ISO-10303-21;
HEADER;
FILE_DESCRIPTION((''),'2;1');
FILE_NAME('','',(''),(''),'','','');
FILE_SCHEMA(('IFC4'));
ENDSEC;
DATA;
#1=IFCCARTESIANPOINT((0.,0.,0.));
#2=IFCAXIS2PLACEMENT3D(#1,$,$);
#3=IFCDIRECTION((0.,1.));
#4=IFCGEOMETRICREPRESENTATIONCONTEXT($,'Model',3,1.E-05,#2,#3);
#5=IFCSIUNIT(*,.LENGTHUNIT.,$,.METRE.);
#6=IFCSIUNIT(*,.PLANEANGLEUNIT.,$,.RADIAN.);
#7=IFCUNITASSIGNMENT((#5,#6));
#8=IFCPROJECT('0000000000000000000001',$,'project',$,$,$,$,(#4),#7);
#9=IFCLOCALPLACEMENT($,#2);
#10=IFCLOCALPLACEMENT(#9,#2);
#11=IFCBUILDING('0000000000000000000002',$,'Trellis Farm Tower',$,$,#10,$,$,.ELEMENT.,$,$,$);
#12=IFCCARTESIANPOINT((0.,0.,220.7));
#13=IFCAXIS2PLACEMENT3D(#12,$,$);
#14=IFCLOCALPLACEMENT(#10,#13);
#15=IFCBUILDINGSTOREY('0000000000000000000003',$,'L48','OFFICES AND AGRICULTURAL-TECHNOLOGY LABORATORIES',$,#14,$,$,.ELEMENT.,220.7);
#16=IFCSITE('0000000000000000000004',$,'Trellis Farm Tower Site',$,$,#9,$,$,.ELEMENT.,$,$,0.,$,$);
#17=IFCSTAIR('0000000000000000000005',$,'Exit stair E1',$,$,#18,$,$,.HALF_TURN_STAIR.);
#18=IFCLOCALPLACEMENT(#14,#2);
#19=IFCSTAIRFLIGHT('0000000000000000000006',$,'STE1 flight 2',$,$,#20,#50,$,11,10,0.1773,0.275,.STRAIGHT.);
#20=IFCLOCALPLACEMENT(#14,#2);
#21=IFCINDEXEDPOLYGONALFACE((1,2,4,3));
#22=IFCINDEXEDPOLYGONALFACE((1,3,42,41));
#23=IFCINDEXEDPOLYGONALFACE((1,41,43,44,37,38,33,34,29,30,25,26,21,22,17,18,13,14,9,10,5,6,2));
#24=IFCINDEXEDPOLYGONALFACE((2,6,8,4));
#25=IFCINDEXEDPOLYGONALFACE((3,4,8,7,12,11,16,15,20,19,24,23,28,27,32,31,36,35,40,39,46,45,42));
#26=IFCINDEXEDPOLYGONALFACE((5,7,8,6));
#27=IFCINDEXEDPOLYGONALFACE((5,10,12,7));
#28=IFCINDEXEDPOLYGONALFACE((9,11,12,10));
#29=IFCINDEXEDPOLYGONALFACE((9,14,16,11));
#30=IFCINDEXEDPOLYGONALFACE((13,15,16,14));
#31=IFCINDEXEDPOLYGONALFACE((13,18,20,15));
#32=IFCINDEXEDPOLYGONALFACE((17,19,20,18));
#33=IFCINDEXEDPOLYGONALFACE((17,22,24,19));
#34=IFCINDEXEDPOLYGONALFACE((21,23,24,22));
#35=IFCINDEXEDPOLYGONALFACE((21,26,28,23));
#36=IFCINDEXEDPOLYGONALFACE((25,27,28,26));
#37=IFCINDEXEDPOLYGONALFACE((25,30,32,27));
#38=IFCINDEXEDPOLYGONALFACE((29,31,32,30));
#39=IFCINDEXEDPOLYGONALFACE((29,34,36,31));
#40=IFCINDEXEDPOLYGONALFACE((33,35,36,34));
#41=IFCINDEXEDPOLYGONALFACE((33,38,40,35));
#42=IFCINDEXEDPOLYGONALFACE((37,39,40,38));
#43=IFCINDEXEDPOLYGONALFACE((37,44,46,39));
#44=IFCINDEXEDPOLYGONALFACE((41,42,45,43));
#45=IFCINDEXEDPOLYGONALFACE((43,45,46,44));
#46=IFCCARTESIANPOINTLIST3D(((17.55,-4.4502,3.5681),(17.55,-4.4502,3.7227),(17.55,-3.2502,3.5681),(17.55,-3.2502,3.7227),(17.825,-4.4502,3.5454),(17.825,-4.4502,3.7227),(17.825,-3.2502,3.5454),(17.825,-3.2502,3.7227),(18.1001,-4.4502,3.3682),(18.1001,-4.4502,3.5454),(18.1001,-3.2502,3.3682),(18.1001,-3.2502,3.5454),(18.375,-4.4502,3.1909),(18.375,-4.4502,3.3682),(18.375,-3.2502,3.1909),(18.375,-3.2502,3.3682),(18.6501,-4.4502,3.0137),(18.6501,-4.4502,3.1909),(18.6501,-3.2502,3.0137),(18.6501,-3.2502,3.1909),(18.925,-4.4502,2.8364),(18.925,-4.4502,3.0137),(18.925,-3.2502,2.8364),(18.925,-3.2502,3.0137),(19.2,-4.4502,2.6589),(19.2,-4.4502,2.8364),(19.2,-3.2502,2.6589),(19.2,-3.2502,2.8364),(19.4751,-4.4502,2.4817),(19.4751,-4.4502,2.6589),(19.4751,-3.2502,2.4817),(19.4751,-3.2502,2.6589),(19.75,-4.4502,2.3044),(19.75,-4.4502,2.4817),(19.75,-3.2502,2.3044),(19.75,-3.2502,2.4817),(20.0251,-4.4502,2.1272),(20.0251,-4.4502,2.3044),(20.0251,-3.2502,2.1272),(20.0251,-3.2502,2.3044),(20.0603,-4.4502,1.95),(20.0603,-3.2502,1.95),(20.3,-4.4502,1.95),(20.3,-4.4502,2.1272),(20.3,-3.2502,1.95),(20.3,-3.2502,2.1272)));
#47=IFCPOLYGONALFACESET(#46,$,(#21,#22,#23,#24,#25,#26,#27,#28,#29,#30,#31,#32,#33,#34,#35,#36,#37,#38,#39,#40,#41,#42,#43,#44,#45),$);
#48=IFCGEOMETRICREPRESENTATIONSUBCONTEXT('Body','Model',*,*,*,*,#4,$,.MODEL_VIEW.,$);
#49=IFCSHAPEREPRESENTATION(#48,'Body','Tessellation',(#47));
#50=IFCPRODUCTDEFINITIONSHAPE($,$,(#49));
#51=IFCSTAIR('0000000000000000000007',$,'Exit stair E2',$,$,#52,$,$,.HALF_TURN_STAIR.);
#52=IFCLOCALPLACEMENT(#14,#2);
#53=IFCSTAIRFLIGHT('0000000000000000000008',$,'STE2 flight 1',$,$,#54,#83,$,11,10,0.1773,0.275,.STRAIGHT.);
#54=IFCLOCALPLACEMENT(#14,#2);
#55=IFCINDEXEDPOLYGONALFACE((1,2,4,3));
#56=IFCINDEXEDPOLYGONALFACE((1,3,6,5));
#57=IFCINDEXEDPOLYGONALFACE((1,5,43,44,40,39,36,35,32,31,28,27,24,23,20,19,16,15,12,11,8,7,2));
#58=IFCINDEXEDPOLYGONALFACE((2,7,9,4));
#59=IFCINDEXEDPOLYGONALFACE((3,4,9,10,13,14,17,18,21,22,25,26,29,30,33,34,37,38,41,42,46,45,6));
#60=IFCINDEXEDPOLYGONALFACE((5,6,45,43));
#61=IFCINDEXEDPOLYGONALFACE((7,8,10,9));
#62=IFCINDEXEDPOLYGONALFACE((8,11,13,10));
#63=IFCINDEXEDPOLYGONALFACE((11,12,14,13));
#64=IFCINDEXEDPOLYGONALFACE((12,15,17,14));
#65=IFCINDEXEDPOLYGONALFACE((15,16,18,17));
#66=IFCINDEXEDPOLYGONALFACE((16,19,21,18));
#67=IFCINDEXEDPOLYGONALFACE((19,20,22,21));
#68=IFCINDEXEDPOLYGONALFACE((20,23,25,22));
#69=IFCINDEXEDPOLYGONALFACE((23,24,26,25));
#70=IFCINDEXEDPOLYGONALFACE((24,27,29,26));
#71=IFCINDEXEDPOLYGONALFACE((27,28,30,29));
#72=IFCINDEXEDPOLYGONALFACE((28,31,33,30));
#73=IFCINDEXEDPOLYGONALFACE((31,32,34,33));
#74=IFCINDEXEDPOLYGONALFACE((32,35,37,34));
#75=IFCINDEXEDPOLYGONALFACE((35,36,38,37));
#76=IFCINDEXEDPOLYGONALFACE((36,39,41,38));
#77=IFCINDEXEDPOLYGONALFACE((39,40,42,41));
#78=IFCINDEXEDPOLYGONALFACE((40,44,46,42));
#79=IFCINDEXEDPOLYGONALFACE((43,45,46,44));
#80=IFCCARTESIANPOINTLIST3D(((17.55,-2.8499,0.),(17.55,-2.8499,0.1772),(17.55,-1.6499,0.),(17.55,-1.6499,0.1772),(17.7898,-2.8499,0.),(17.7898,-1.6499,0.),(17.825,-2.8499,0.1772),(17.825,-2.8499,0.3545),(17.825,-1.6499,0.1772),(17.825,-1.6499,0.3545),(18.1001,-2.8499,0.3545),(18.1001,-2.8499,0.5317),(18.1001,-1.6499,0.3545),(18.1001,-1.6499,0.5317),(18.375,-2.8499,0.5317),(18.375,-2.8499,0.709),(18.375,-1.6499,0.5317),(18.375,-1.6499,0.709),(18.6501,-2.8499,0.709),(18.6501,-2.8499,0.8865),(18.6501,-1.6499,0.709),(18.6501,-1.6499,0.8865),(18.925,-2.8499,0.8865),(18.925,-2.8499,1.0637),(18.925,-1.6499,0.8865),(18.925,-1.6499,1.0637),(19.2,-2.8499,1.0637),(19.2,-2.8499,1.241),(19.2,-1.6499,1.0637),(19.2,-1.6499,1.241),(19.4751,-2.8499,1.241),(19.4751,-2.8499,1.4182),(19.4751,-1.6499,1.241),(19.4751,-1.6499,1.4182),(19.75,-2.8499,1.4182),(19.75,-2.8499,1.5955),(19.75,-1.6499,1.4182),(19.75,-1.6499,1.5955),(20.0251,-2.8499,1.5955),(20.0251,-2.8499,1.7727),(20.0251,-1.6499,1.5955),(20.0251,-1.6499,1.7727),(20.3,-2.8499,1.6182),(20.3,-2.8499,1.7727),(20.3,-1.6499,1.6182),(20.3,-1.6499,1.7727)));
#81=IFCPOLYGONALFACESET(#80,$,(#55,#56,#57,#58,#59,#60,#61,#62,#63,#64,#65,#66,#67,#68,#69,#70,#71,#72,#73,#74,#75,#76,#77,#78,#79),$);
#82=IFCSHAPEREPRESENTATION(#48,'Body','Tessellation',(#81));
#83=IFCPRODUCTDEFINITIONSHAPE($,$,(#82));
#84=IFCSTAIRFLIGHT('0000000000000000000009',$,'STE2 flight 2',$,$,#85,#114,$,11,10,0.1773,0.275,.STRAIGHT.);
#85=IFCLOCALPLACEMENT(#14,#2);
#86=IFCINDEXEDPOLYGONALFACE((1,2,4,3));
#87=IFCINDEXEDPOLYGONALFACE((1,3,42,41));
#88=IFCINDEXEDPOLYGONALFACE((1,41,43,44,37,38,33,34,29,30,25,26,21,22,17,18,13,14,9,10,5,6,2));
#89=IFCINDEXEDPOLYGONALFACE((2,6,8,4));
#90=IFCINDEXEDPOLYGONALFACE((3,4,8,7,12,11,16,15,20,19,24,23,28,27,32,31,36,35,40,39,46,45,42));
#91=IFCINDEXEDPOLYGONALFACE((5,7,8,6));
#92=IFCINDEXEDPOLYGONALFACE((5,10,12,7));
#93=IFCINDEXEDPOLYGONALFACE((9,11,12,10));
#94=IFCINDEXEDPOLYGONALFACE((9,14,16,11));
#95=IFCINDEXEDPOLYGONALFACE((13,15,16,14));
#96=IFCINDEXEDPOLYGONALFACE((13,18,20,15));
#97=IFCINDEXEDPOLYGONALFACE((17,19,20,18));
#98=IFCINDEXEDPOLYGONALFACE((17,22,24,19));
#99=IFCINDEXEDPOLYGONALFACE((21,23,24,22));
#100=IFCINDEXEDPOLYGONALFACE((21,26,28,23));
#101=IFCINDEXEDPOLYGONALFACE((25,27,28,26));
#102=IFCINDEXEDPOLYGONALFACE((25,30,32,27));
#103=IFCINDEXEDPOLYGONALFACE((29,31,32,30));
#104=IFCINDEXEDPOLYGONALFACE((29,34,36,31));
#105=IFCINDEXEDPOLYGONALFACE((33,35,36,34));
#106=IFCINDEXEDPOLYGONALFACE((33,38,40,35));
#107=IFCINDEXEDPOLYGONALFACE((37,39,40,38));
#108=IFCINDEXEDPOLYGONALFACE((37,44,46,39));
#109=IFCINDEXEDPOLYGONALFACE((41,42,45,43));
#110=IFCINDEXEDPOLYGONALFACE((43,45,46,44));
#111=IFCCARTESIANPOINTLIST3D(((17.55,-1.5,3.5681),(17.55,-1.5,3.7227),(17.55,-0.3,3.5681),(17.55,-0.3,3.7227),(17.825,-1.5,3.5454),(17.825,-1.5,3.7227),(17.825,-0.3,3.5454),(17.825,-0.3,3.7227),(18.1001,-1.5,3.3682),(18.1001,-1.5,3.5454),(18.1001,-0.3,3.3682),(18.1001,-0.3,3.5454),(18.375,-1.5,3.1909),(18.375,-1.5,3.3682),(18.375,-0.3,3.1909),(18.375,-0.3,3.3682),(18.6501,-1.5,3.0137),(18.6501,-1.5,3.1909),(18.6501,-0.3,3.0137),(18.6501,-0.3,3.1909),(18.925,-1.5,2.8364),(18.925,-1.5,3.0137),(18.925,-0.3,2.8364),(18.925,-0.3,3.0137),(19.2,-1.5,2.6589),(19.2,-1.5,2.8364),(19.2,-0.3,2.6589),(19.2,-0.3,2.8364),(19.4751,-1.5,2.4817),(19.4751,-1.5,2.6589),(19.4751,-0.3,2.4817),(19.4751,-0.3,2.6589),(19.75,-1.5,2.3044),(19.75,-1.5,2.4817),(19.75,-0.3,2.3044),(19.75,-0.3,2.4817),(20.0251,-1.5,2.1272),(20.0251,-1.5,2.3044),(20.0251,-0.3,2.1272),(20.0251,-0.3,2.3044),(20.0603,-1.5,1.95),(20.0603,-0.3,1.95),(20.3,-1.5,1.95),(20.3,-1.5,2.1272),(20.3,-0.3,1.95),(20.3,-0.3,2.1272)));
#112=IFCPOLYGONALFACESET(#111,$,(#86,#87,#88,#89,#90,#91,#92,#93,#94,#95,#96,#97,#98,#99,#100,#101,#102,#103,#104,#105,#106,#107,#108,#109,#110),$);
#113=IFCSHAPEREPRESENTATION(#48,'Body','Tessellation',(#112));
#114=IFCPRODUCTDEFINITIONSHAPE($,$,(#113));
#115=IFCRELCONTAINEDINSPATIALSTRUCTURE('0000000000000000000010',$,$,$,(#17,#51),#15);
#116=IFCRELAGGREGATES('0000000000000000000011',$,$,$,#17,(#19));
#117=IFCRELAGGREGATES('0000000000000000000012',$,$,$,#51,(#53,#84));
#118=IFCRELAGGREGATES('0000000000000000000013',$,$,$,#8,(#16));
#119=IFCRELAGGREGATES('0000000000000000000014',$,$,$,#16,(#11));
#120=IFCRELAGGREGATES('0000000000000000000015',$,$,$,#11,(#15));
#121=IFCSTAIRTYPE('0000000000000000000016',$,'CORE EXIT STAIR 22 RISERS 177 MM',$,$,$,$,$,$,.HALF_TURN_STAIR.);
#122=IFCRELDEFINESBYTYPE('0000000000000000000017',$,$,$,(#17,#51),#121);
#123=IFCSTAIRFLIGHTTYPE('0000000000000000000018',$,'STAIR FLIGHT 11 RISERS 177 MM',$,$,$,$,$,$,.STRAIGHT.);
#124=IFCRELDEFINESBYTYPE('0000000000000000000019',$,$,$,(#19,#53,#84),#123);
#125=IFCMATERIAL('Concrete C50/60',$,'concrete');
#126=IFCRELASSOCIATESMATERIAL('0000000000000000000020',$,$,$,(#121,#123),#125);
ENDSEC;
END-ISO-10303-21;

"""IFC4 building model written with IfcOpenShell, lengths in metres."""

from ifc_helpers import new_model, si_unit, direction, frame, origin, place, context, subcontext, project, spatial, polyline, outline, extrude, source, transform, mapped, material, type_object, element, aggregate, save


model = new_model("IFC4")

# Units and contexts
model_context = context("Model", 3, precision=1e-05, world=origin(), true_north=direction((0.0, 1.0)))
body_context = subcontext(model_context, "Body", "Model", "MODEL_VIEW")
ifc_project = project(units=[si_unit("LENGTHUNIT", "METRE"), si_unit("PLANEANGLEUNIT", "RADIAN")], contexts=[model_context])

# Site, building, storey
site_placement = place(None, origin())
site = spatial("IfcSite", under=ifc_project, at=site_placement, Name="Trellis Farm Tower Site", CompositionType="ELEMENT", RefElevation=0.0)
building_placement = place(site_placement, origin())
building = spatial("IfcBuilding", under=site, at=building_placement, Name="Trellis Farm Tower", CompositionType="ELEMENT")
storey_placement = place(building_placement, frame((0.0, 0.0, 220.7)))
storey = spatial("IfcBuildingStorey", under=building, at=storey_placement, Name="L48", Description="OFFICES AND AGRICULTURAL-TECHNOLOGY LABORATORIES", CompositionType="ELEMENT", Elevation=220.7)

# Shared definitions
placement = place(storey_placement, origin())

# Stairs, stair flights
ifc_material_1 = material(Name="Concrete C50/60", Category="concrete")
stair_type = type_object("IfcStairType", Name="CORE EXIT STAIR 22 RISERS 177 MM", PredefinedType="HALF_TURN_STAIR", material=ifc_material_1)
stair_1 = element("IfcStair", 1, at=placement, inside=storey, type_object=stair_type, Name="Exit stair E1", PredefinedType="HALF_TURN_STAIR")
stair_flight_type = type_object("IfcStairFlightType", Name="STAIR FLIGHT 11 RISERS 177 MM", PredefinedType="STRAIGHT", material=ifc_material_1)
shared_shape_1 = source(origin(), body_context, "Body", "SweptSolid", [
    extrude(outline(polyline([(0.0, 0.0), (0.0, 0.1772), (0.2749, 0.1772), (0.2749, 0.3545), (0.55, 0.3545), (0.55, 0.5317), (0.825, 0.5317), (0.825, 0.709), (1.1001, 0.709), (1.1001, 0.8865), (1.375, 0.8865), (1.375, 1.0637), (1.6499, 1.0637), (1.6499, 1.241), (1.925, 1.241), (1.925, 1.4182), (2.2, 1.4182), (2.2, 1.5955), (2.4751, 1.5955), (2.4751, 1.7727), (2.75, 1.7727), (2.75, 1.95), (2.75, 1.6182), (0.2397, 0.0), (0.0, 0.0)])), frame((0.0, 0.6001, 0.0), z_axis=(0.0, -1.0, 0.0), x_axis=(1.0, 0.0, 0.0)), (0.0, 0.0, 1.0), 1.2),
])
stair_flight_1_placement = place(storey_placement, frame((20.3, -3.8501, 1.95), z_axis=(0.0, 0.0, 1.0), x_axis=(-1.0, 0.0, 0.0)))
stair_flight_1 = element("IfcStairFlight", 2, at=stair_flight_1_placement, type_object=stair_flight_type, Name="STE1 flight 2", NumberOfRisers=11, NumberOfTreads=10, PredefinedType="STRAIGHT", RiserHeight=0.1773, TreadLength=0.275, context=body_context, shape_type="MappedRepresentation", body=[
    mapped(shared_shape_1, transform((0.0, 0.0, 0.0))),
])
aggregate(stair_1, [stair_flight_1])
stair_2 = element("IfcStair", 3, at=placement, inside=storey, type_object=stair_type, Name="Exit stair E2", PredefinedType="HALF_TURN_STAIR")
stair_flight_2_placement = place(storey_placement, frame((17.55, -2.25, 0.0), z_axis=(0.0, 0.0, 1.0), x_axis=(1.0, 0.0, 0.0)))
stair_flight_2 = element("IfcStairFlight", 4, at=stair_flight_2_placement, type_object=stair_flight_type, Name="STE2 flight 1", NumberOfRisers=11, NumberOfTreads=10, PredefinedType="STRAIGHT", RiserHeight=0.1773, TreadLength=0.275, context=body_context, shape_type="MappedRepresentation", body=[
    mapped(shared_shape_1, transform((0.0, 0.0, 0.0))),
])
stair_flight_3_placement = place(storey_placement, frame((20.3, -0.8999, 1.95), z_axis=(0.0, 0.0, 1.0), x_axis=(-1.0, 0.0, 0.0)))
stair_flight_3 = element("IfcStairFlight", 5, at=stair_flight_3_placement, type_object=stair_flight_type, Name="STE2 flight 2", NumberOfRisers=11, NumberOfTreads=10, PredefinedType="STRAIGHT", RiserHeight=0.1773, TreadLength=0.275, context=body_context, shape_type="MappedRepresentation", body=[
    mapped(shared_shape_1, transform((0.0, 0.0, 0.0))),
])
aggregate(stair_2, [stair_flight_2, stair_flight_3])

save(model, "model.ifc")
